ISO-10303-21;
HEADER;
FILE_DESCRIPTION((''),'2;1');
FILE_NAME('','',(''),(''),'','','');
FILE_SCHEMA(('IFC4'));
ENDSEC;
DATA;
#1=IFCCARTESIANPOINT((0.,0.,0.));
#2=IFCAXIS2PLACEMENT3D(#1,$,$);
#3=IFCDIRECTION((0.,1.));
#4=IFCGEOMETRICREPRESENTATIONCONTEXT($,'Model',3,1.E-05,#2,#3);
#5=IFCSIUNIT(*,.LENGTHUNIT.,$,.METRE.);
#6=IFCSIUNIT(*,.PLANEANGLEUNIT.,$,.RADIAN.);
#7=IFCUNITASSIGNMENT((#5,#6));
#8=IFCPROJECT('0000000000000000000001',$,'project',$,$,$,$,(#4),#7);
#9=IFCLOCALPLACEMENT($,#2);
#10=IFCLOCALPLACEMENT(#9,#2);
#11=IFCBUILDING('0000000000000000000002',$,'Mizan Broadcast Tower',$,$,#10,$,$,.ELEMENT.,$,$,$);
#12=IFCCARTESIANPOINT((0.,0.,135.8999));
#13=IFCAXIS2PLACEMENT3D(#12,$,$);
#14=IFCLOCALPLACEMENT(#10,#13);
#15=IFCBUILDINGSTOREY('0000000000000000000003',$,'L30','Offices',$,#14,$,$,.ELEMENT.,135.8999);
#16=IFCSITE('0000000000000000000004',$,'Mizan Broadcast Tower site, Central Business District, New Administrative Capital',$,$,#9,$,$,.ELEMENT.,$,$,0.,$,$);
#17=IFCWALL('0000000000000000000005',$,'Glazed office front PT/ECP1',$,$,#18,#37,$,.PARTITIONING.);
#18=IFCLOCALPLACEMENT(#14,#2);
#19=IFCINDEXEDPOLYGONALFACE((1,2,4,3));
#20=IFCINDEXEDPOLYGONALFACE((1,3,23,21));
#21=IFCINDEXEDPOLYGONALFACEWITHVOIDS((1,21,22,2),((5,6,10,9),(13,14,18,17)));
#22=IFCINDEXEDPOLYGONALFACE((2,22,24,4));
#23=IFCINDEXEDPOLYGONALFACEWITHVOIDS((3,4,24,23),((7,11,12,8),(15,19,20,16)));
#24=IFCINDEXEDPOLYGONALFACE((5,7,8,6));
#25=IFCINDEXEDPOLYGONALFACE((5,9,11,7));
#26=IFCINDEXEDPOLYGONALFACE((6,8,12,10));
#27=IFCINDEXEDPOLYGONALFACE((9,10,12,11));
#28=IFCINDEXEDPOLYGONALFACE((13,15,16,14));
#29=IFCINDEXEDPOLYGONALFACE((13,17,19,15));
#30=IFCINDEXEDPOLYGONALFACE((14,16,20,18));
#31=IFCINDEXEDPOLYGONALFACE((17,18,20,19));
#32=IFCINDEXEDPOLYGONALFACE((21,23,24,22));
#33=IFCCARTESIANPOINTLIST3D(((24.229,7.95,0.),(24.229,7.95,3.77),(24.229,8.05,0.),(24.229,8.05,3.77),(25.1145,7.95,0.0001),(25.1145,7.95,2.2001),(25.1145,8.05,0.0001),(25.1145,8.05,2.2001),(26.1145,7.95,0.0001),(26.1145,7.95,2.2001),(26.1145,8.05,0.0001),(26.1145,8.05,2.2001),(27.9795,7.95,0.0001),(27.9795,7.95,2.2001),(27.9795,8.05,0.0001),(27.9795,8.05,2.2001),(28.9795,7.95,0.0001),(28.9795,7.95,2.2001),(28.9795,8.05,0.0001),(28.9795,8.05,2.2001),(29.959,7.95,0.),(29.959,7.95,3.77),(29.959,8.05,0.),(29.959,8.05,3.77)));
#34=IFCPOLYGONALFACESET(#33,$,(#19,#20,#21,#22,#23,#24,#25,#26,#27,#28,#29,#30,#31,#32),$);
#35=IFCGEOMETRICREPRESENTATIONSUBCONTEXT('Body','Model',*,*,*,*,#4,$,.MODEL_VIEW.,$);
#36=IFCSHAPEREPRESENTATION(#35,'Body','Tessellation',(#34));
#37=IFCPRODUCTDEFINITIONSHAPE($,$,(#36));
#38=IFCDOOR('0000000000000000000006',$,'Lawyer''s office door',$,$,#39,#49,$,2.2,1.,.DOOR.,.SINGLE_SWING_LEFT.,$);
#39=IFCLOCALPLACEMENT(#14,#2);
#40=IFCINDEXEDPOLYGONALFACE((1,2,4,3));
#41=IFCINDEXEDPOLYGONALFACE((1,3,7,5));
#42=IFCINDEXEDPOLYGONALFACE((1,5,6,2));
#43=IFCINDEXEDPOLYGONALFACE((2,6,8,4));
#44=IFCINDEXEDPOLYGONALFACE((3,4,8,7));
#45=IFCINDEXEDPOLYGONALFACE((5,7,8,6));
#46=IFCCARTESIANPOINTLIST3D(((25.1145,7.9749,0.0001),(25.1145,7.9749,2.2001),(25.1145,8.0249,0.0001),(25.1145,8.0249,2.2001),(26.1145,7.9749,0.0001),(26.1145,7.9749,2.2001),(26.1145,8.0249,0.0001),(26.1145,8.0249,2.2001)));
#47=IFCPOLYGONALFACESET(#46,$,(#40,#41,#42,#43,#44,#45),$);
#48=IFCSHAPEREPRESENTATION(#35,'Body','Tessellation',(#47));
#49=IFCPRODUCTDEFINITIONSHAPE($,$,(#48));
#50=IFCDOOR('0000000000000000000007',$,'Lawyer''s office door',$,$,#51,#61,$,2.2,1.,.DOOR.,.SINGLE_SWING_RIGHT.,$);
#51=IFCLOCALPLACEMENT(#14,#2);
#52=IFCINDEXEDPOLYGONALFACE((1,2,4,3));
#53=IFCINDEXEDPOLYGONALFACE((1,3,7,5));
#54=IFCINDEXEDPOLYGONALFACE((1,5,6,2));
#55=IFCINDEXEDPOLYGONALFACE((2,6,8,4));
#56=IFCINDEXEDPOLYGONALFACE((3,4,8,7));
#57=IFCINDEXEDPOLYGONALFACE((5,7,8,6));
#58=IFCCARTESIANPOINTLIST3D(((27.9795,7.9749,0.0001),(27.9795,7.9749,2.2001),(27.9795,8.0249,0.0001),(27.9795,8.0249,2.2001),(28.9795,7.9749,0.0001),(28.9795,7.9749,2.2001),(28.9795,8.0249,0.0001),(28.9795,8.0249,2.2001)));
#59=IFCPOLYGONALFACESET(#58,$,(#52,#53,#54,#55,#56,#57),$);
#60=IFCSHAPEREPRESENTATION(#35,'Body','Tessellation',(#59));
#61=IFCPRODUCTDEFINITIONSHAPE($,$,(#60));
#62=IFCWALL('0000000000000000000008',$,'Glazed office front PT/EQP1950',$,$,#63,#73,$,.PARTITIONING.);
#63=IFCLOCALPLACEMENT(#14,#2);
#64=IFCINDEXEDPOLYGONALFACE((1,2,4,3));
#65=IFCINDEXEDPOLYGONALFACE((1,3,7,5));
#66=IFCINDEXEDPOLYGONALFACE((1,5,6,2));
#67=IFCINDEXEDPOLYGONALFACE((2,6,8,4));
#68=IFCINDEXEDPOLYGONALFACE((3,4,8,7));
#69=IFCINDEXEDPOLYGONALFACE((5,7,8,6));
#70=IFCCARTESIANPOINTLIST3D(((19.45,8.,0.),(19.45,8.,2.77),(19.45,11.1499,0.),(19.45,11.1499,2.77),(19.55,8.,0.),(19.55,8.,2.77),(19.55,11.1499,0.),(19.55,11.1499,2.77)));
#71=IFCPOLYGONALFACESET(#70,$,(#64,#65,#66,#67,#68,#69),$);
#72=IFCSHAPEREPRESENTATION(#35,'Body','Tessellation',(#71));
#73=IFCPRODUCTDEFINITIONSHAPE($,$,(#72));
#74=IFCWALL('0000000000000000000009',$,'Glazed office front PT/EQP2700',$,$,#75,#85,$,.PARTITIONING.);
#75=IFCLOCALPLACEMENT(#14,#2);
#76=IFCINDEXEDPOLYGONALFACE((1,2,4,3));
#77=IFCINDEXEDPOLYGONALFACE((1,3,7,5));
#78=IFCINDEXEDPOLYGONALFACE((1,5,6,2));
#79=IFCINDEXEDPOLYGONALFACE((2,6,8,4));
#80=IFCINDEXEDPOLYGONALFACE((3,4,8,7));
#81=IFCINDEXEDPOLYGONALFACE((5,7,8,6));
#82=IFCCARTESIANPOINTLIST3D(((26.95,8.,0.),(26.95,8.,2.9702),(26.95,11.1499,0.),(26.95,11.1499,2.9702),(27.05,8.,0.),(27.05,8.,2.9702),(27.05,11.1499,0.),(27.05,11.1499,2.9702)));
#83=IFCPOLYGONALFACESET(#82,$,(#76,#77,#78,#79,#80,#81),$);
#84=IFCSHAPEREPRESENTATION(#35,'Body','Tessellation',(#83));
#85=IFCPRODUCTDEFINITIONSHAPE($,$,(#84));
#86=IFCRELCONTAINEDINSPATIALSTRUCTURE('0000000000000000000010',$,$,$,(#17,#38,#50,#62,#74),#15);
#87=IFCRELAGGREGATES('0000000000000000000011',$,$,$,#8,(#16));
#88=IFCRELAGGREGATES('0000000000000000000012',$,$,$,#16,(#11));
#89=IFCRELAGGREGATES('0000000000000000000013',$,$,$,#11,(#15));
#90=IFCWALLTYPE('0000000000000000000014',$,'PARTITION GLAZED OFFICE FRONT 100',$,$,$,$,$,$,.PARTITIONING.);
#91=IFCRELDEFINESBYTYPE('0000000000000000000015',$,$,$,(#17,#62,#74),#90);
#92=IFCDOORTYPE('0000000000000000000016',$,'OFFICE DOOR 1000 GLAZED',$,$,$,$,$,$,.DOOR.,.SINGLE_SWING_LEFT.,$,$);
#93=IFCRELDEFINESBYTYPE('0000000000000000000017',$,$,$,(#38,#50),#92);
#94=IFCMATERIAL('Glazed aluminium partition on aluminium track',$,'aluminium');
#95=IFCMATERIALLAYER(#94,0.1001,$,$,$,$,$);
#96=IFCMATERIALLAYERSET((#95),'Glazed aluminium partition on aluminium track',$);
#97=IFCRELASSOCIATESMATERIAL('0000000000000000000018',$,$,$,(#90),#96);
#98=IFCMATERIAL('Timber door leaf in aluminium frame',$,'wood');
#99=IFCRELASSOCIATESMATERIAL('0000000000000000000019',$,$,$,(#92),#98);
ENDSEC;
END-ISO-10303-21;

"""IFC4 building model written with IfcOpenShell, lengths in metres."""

from ifc_helpers import new_model, si_unit, direction, frame, frame_2d, origin, place, context, subcontext, project, spatial, rectangle, extrude, material, layer, layer_set, type_object, element, fill, save


model = new_model("IFC4")

# Units and contexts
model_context = context("Model", 3, precision=1e-05, world=origin(), true_north=direction((0.0, 1.0)))
body_context = subcontext(model_context, "Body", "Model", "MODEL_VIEW")
ifc_project = project(units=[si_unit("LENGTHUNIT", "METRE"), si_unit("PLANEANGLEUNIT", "RADIAN")], contexts=[model_context])

# Site, building, storey
site_placement = place(None, origin())
site = spatial("IfcSite", under=ifc_project, at=site_placement, Name="Mizan Broadcast Tower site, Central Business District, New Administrative Capital", CompositionType="ELEMENT", RefElevation=0.0)
building_placement = place(site_placement, origin())
building = spatial("IfcBuilding", under=site, at=building_placement, Name="Mizan Broadcast Tower", CompositionType="ELEMENT")
storey_placement = place(building_placement, frame((0.0, 0.0, 135.8999)))
storey = spatial("IfcBuildingStorey", under=building, at=storey_placement, Name="L30", Description="Offices", CompositionType="ELEMENT", Elevation=135.8999)

# Shared definitions
ifc_material_1 = material(Name="Glazed aluminium partition on aluminium track", Category="aluminium")
ifc_layer_1 = layer(ifc_material_1, 0.1001)
ifc_layer_set_1 = layer_set([ifc_layer_1], Name="Glazed aluminium partition on aluminium track")
wall_type_1 = type_object("IfcWallType", Name="PARTITION GLAZED OFFICE FRONT 100", PredefinedType="PARTITIONING", material=ifc_layer_set_1)
ifc_material_2 = material(Name="Timber door leaf in aluminium frame", Category="wood")
door_type_1 = type_object("IfcDoorType", Name="OFFICE DOOR 1000 GLAZED", OperationType="SINGLE_SWING_LEFT", PredefinedType="DOOR", material=ifc_material_2)

# Wall, openings, doors
wall_1_placement = place(storey_placement, frame((24.229, 8.0, 0.0), z_axis=(0.0, 0.0, 1.0), x_axis=(1.0, 0.0, 0.0)))
wall_1 = element("IfcWall", 1, at=wall_1_placement, inside=storey, type_object=wall_type_1, Name="Glazed office front PT/ECP1", PredefinedType="PARTITIONING", context=body_context, shape_type="SweptSolid", body=[
    extrude(rectangle(XDim=5.73, YDim=0.1001, at=frame_2d((2.865, 0.0))), origin(), (0.0, 0.0, 1.0), 3.77),
])
opening_1_placement = place(wall_1_placement, frame((0.8855, 0.0, 0.0)))
opening_1 = element("IfcOpeningElement", 2, at=opening_1_placement, cuts=wall_1, PredefinedType="OPENING", context=body_context, shape_type="SweptSolid", body=[
    extrude(rectangle(XDim=1.0, YDim=2.2, at=frame_2d((0.5, 1.1001))), frame((0.0, 0.0601, 0.0), z_axis=(0.0, -1.0, 0.0), x_axis=(1.0, 0.0, 0.0)), (0.0, 0.0, 1.0), 0.1201),
])
opening_2_placement = place(wall_1_placement, frame((3.7505, 0.0, 0.0)))
opening_2 = element("IfcOpeningElement", 3, at=opening_2_placement, cuts=wall_1, PredefinedType="OPENING", context=body_context, shape_type="SweptSolid", body=[
    extrude(rectangle(XDim=1.0, YDim=2.2, at=frame_2d((0.5, 1.1001))), frame((0.0, 0.0601, 0.0), z_axis=(0.0, -1.0, 0.0), x_axis=(1.0, 0.0, 0.0)), (0.0, 0.0, 1.0), 0.1201),
])
door_1_placement = place(opening_1_placement, origin())
door_1 = element("IfcDoor", 4, at=door_1_placement, inside=storey, type_object=door_type_1, Name="Lawyer's office door", OperationType="SINGLE_SWING_LEFT", OverallHeight=2.2, OverallWidth=1.0, PredefinedType="DOOR", context=body_context, shape_type="SweptSolid", body=[
    extrude(rectangle(XDim=1.0, YDim=2.2, at=frame_2d((0.5, 1.1001))), frame((0.0, 0.0249, 0.0), z_axis=(0.0, -1.0, 0.0), x_axis=(1.0, 0.0, 0.0)), (0.0, 0.0, 1.0), 0.05),
])
fill(opening_1, door_1)
door_2_placement = place(opening_2_placement, origin())
door_2 = element("IfcDoor", 5, at=door_2_placement, inside=storey, type_object=door_type_1, Name="Lawyer's office door", OperationType="SINGLE_SWING_RIGHT", OverallHeight=2.2, OverallWidth=1.0, PredefinedType="DOOR", context=body_context, shape_type="SweptSolid", body=[
    extrude(rectangle(XDim=1.0, YDim=2.2, at=frame_2d((0.5, 1.1001))), frame((0.0, 0.0249, 0.0), z_axis=(0.0, -1.0, 0.0), x_axis=(1.0, 0.0, 0.0)), (0.0, 0.0, 1.0), 0.05),
])
fill(opening_2, door_2)

# Walls
wall_2_placement = place(storey_placement, frame((19.5, 8.0, 0.0), z_axis=(0.0, 0.0, 1.0), x_axis=(0.0, 1.0, 0.0)))
element("IfcWall", 6, at=wall_2_placement, inside=storey, type_object=wall_type_1, Name="Glazed office front PT/EQP1950", PredefinedType="PARTITIONING", context=body_context, shape_type="SweptSolid", body=[
    extrude(rectangle(XDim=3.1499, YDim=0.1001, at=frame_2d((1.575, 0.0))), origin(), (0.0, 0.0, 1.0), 2.77),
])
wall_3_placement = place(storey_placement, frame((27.0, 8.0, 0.0), z_axis=(0.0, 0.0, 1.0), x_axis=(0.0, 1.0, 0.0)))
element("IfcWall", 7, at=wall_3_placement, inside=storey, type_object=wall_type_1, Name="Glazed office front PT/EQP2700", PredefinedType="PARTITIONING", context=body_context, shape_type="SweptSolid", body=[
    extrude(rectangle(XDim=3.1499, YDim=0.1001, at=frame_2d((1.575, 0.0))), origin(), (0.0, 0.0, 1.0), 2.9702),
])

save(model, "model.ifc")
